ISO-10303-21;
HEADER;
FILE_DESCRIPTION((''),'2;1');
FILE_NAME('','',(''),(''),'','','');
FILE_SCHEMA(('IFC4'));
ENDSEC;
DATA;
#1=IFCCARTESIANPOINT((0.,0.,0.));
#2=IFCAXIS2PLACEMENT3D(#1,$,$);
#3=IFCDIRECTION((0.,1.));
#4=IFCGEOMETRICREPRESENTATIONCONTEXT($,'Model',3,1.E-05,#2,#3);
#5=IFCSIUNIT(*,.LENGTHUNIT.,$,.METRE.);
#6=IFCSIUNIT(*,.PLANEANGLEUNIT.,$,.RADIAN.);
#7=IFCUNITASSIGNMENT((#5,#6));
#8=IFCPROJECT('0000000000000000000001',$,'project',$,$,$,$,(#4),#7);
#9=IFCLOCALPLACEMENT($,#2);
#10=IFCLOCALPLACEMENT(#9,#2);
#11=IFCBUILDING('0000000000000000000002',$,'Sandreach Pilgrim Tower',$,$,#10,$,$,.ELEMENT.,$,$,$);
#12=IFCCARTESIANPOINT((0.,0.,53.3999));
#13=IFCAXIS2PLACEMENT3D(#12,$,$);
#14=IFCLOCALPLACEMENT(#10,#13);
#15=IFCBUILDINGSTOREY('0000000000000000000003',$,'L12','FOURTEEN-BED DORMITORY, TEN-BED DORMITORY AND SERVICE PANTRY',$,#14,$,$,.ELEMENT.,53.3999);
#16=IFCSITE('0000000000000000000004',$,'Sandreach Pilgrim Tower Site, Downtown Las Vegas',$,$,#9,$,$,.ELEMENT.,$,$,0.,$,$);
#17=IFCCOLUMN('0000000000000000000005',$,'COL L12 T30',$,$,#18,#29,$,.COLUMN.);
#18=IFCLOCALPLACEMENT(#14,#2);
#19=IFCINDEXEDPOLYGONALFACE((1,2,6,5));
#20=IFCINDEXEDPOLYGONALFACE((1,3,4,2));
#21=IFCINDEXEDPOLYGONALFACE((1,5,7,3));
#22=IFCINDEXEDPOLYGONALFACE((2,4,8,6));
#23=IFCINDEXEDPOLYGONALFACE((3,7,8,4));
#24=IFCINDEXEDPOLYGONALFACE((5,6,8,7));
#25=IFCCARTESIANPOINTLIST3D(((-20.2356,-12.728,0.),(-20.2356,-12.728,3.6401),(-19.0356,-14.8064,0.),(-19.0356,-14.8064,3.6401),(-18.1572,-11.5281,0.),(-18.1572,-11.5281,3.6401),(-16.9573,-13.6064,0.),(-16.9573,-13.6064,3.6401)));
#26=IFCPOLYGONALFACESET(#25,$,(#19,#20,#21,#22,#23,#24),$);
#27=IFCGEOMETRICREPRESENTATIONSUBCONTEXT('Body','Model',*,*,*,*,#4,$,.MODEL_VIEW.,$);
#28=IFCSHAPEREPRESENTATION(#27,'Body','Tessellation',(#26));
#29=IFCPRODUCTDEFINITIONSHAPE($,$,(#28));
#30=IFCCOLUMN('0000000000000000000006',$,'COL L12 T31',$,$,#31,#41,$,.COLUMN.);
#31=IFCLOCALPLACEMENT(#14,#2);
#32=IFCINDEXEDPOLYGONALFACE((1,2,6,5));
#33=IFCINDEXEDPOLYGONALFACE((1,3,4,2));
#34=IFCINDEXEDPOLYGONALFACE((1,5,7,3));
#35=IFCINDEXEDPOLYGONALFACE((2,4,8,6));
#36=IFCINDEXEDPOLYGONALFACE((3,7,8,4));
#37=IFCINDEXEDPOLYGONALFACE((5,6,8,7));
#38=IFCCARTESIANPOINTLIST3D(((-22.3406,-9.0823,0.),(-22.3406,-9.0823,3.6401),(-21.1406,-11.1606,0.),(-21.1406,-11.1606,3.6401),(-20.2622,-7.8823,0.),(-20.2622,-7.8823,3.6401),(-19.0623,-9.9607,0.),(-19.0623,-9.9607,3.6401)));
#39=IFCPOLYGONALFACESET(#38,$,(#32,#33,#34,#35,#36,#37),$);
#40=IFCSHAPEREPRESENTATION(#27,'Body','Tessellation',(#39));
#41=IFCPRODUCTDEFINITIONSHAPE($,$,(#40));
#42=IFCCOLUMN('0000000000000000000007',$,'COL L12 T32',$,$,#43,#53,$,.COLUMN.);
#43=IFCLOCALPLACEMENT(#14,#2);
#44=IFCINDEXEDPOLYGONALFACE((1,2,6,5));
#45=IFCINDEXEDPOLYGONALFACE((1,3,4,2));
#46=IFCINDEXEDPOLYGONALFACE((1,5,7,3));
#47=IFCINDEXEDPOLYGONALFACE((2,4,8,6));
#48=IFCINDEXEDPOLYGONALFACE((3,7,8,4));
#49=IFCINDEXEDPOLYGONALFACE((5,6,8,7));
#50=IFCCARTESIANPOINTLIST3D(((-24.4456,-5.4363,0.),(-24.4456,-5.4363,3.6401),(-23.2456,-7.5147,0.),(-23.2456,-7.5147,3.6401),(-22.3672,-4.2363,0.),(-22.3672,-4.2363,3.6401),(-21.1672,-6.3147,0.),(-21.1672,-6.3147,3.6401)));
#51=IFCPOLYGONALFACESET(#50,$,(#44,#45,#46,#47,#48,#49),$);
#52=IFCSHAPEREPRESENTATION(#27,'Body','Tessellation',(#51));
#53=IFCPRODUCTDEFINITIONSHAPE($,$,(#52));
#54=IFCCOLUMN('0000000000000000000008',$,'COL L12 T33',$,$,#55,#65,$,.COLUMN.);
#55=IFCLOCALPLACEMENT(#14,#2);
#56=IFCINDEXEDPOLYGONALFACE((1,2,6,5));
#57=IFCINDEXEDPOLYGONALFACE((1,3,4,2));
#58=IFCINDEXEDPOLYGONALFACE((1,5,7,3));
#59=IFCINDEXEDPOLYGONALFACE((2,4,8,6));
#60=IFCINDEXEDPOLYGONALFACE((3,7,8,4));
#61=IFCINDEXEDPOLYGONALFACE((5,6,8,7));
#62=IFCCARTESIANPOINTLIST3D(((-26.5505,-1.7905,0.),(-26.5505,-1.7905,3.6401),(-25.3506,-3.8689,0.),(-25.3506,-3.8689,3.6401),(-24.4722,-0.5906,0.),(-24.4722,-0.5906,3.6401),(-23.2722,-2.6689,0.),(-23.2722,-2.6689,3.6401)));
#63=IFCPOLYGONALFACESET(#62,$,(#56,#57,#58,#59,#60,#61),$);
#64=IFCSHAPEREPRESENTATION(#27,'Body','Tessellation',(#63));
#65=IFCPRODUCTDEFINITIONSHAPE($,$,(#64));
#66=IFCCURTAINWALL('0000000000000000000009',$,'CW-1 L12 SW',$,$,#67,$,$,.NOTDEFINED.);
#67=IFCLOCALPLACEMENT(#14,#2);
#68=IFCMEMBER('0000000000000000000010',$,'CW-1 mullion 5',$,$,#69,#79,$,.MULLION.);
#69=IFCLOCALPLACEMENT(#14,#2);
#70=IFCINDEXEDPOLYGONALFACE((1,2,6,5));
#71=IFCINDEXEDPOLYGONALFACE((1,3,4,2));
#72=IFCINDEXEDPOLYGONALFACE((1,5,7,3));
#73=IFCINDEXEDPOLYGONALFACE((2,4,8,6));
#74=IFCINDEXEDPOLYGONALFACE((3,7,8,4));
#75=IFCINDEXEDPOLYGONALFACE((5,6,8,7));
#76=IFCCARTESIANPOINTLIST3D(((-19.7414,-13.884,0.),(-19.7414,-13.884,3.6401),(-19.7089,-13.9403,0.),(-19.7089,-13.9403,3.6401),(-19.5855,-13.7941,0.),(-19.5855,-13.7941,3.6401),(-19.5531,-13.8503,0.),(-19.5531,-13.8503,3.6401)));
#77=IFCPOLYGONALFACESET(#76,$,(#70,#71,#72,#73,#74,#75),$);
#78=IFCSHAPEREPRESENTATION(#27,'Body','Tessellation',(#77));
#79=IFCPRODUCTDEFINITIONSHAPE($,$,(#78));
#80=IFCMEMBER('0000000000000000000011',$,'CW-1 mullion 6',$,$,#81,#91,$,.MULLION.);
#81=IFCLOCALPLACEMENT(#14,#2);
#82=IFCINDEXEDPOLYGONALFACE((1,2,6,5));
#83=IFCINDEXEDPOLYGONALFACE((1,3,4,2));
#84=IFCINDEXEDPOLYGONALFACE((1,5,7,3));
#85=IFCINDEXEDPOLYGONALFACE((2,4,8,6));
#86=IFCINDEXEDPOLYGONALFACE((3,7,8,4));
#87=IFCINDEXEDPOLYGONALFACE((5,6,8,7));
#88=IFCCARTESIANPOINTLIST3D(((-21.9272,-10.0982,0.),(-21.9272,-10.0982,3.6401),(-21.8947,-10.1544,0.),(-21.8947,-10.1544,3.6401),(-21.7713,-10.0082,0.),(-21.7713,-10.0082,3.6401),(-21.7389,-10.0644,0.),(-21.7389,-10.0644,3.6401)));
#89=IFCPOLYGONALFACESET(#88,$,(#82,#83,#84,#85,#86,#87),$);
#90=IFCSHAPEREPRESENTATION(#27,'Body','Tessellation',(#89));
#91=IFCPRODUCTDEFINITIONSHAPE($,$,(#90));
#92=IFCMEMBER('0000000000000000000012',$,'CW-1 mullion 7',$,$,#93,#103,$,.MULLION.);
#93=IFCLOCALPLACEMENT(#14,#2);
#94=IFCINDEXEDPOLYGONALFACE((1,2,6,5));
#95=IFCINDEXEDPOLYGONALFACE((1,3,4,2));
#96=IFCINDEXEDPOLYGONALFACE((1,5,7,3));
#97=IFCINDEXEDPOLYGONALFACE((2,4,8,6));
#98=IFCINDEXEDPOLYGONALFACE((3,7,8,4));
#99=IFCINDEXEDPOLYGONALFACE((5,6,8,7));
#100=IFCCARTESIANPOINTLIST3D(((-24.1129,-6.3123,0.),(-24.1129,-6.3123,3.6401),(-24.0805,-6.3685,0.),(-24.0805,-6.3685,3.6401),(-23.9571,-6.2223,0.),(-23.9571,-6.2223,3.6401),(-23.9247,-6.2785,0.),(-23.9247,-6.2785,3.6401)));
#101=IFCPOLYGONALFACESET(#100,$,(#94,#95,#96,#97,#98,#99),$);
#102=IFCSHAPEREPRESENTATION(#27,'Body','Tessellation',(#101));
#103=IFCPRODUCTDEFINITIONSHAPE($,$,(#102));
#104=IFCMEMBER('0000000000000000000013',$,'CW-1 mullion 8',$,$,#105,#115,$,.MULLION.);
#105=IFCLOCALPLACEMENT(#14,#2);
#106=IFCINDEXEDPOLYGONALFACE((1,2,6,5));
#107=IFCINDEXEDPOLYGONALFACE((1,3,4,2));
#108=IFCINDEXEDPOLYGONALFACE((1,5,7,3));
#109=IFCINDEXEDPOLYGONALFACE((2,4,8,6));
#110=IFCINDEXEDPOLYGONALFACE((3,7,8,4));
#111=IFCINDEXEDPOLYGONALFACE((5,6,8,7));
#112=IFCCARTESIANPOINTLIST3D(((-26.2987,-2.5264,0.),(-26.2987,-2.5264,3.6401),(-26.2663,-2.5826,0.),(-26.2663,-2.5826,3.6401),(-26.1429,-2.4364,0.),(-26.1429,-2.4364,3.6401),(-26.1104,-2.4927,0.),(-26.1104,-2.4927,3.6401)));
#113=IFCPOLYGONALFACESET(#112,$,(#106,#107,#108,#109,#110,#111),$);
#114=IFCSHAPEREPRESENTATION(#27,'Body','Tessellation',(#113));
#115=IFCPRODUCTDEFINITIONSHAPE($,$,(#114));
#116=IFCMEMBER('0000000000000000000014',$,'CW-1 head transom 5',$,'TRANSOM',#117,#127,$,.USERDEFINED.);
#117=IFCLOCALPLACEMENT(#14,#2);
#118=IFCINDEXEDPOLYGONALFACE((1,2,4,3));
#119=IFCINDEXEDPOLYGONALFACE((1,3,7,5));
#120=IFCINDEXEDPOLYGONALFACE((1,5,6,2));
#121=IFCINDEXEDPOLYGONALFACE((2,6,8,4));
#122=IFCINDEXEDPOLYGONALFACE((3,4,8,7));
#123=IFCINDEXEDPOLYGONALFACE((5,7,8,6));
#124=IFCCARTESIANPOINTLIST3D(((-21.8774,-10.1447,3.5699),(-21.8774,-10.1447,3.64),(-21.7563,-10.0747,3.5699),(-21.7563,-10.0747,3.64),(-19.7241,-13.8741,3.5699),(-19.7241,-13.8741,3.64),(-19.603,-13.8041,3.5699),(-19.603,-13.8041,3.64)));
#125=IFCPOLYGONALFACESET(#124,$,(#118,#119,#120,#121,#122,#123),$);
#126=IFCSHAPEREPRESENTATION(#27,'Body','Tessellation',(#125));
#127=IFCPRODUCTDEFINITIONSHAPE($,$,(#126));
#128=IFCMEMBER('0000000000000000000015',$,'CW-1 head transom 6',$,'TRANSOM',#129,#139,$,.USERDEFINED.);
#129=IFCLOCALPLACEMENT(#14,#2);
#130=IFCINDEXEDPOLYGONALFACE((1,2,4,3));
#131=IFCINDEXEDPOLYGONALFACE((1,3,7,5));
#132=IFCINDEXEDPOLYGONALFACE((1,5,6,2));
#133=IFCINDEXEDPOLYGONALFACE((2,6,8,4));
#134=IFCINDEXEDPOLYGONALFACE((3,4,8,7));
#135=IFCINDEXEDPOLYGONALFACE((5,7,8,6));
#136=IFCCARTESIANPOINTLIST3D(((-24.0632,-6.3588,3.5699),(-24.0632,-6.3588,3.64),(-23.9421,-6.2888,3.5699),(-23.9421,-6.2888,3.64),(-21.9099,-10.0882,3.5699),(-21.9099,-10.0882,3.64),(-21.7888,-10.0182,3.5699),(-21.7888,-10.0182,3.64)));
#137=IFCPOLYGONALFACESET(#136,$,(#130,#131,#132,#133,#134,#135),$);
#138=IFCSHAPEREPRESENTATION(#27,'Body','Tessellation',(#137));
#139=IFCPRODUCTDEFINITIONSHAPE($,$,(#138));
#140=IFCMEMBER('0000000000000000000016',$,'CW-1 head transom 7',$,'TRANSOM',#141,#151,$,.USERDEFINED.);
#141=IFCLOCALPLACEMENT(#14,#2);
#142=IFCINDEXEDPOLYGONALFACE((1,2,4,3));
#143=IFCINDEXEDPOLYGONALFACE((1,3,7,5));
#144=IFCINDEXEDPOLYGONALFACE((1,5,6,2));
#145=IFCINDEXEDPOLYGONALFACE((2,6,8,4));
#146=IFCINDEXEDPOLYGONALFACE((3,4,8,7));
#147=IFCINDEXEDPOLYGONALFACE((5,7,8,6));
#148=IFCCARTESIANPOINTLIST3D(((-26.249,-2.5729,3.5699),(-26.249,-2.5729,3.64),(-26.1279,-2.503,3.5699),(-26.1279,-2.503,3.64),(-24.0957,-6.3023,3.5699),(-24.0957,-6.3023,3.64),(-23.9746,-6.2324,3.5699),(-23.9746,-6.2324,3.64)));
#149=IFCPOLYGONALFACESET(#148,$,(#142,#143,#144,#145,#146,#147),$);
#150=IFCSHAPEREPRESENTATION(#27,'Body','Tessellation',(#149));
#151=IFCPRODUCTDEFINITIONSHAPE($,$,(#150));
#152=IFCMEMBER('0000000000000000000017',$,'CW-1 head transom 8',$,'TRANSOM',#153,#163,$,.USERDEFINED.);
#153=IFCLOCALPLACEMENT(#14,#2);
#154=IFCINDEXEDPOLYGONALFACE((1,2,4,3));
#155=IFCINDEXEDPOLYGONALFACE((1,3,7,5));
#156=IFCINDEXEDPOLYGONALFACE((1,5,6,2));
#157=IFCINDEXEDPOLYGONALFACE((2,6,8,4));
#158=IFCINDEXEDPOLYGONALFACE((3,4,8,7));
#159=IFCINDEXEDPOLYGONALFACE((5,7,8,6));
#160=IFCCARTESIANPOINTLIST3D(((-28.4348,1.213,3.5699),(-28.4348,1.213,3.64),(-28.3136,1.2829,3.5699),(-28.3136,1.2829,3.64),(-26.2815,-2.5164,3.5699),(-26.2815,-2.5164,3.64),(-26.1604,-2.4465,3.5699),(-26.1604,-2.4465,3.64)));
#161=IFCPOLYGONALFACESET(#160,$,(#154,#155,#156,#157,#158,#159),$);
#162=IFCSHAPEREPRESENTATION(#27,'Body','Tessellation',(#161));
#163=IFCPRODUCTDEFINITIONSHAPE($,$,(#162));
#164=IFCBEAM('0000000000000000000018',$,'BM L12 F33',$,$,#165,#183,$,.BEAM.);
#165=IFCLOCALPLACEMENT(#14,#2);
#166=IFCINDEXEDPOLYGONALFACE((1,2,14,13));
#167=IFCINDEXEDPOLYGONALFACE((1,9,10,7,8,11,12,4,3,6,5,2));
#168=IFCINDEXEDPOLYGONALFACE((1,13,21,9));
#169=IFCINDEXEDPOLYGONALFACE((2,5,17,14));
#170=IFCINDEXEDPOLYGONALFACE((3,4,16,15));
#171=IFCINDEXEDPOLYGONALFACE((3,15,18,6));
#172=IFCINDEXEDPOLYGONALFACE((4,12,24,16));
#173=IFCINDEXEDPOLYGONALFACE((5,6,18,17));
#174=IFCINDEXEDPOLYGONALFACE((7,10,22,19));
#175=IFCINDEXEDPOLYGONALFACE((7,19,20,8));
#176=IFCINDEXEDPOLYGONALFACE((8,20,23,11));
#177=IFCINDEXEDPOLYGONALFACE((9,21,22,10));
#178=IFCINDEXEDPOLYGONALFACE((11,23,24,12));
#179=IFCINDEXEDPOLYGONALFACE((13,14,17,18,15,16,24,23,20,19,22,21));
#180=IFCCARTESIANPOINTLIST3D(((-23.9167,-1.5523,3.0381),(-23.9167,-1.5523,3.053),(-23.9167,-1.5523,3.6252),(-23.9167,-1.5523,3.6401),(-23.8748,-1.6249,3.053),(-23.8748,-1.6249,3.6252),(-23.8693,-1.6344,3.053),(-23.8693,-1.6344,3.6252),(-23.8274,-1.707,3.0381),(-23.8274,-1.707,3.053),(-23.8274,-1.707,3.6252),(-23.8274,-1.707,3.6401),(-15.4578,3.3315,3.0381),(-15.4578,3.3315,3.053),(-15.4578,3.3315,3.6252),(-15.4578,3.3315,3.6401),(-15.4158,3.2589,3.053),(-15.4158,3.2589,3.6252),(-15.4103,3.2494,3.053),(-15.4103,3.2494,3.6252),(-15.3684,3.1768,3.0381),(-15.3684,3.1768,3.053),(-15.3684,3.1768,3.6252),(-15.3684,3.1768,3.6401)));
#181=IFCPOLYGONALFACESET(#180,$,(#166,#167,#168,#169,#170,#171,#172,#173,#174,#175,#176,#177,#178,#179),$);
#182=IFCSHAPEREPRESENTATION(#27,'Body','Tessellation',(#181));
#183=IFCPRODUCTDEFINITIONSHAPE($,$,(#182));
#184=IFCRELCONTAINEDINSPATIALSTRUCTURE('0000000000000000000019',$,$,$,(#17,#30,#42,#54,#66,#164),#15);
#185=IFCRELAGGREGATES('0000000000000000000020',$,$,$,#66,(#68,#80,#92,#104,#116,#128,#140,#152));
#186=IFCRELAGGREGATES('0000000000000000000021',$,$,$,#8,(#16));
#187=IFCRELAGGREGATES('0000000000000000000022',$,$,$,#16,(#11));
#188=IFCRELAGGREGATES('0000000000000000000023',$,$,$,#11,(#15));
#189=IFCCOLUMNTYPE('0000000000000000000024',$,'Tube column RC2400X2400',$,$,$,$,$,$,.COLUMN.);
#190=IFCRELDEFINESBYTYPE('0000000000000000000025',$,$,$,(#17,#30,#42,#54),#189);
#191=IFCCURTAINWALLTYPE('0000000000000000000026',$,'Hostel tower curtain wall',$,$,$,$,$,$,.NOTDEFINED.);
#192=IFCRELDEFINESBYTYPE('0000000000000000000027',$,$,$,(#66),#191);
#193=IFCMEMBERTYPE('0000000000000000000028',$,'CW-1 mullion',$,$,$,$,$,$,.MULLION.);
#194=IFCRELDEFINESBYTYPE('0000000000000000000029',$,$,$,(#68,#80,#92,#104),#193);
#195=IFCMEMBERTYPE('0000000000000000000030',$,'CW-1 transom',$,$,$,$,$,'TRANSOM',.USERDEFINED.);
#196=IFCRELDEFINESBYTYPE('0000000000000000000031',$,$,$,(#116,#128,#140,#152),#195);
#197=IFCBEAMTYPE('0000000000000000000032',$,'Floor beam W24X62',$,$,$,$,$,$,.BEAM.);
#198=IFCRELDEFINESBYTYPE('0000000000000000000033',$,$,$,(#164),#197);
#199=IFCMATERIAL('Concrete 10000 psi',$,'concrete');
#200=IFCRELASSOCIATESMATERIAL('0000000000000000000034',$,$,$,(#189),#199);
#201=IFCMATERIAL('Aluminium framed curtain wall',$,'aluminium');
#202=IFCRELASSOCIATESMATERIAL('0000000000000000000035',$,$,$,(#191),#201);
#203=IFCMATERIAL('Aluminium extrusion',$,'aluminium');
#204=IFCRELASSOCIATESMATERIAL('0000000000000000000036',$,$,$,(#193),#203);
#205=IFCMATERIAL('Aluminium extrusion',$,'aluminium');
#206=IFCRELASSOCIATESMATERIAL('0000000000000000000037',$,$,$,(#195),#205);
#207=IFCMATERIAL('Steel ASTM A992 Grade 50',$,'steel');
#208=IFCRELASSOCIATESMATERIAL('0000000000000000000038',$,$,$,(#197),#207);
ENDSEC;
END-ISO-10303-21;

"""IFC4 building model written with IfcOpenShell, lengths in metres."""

from ifc_helpers import new_model, si_unit, direction, frame, origin, origin_2d, place, context, subcontext, project, spatial, rectangle, i_section, extrude, clip, halfspace, material, material_profile, profile_set, type_object, element, aggregate, save


model = new_model("IFC4")

# Units and contexts
model_context = context("Model", 3, precision=1e-05, world=origin(), true_north=direction((0.0, 1.0)))
body_context = subcontext(model_context, "Body", "Model", "MODEL_VIEW")
ifc_project = project(units=[si_unit("LENGTHUNIT", "METRE"), si_unit("PLANEANGLEUNIT", "RADIAN")], contexts=[model_context])

# Site, building, storey
site_placement = place(None, origin())
site = spatial("IfcSite", under=ifc_project, at=site_placement, Name="Sandreach Pilgrim Tower Site, Downtown Las Vegas", CompositionType="ELEMENT", RefElevation=0.0)
building_placement = place(site_placement, origin())
building = spatial("IfcBuilding", under=site, at=building_placement, Name="Sandreach Pilgrim Tower", CompositionType="ELEMENT")
storey_placement = place(building_placement, frame((0.0, 0.0, 53.3999)))
storey = spatial("IfcBuildingStorey", under=building, at=storey_placement, Name="L12", Description="FOURTEEN-BED DORMITORY, TEN-BED DORMITORY AND SERVICE PANTRY", CompositionType="ELEMENT", Elevation=53.3999)

# Columns
ifc_material_1 = material(Name="Concrete 10000 psi", Category="concrete")
ifc_material_profile_1 = material_profile(ifc_material_1, rectangle(XDim=2.3999, YDim=2.3999, at=origin_2d()), Name="RC2400X2400")
ifc_profile_set_1 = profile_set([ifc_material_profile_1], Name="Concrete 10000 psi")
column_type = type_object("IfcColumnType", Name="Tube column RC2400X2400", PredefinedType="COLUMN", material=ifc_profile_set_1)
for number, where, z_axis, x_axis, name in (
    (1, (-18.5964, -13.1672, 0.0), (0.0, 0.0, 1.0), (-0.866025, -0.5, 0.0), "COL L12 T30"),
    (2, (-20.7014, -9.5215, 0.0), (0.0, 0.0, 1.0), (-0.866025, -0.5, 0.0), "COL L12 T31"),
):
    element("IfcColumn", number, at=place(storey_placement, frame(where, z_axis=z_axis, x_axis=x_axis)), inside=storey, type_object=column_type, Name=name, PredefinedType="COLUMN", context=body_context, shape_type="SweptSolid", body=[
        clip(extrude(rectangle(XDim=2.3999, YDim=2.3999, at=origin_2d()), origin(), (0.0, 0.0, 1.0), 3.752), halfspace(frame((0.0, 0.0, 3.6401)), False)),
    ])
column_1_placement = place(storey_placement, frame((-22.8064, -5.8755, 0.0), z_axis=(0.0, 0.0, 1.0), x_axis=(-0.866025, -0.5, 0.0)))
element("IfcColumn", 3, at=column_1_placement, inside=storey, type_object=column_type, Name="COL L12 T32", PredefinedType="COLUMN", context=body_context, shape_type="SweptSolid", body=[
    clip(extrude(rectangle(XDim=2.3999, YDim=2.3999, at=origin_2d()), origin(), (0.0, 0.0, 1.0), 3.7439), halfspace(frame((0.0, 0.0, 3.6401)), False)),
])
column_2_placement = place(storey_placement, frame((-24.9114, -2.2297, 0.0), z_axis=(0.0, 0.0, 1.0), x_axis=(-0.866025, -0.5, 0.0)))
element("IfcColumn", 4, at=column_2_placement, inside=storey, type_object=column_type, Name="COL L12 T33", PredefinedType="COLUMN", context=body_context, shape_type="SweptSolid", body=[
    clip(extrude(rectangle(XDim=2.3999, YDim=2.3999, at=origin_2d()), origin(), (0.0, 0.0, 1.0), 3.7356), halfspace(frame((0.0, 0.0, 3.6401)), False)),
])

# Curtain wall, members
ifc_material_2 = material(Name="Aluminium framed curtain wall", Category="aluminium")
curtain_wall_type = type_object("IfcCurtainWallType", Name="Hostel tower curtain wall", PredefinedType="NOTDEFINED", material=ifc_material_2)
curtain_wall_placement = place(storey_placement, origin())
curtain_wall = element("IfcCurtainWall", 5, at=curtain_wall_placement, inside=storey, type_object=curtain_wall_type, Name="CW-1 L12 SW", PredefinedType="NOTDEFINED")
ifc_material_3 = material(Name="Aluminium extrusion", Category="aluminium")
ifc_material_profile_2 = material_profile(ifc_material_3, rectangle(XDim=0.0649, YDim=0.1799, at=origin_2d()), Name="CW-1M 65X180")
ifc_profile_set_2 = profile_set([ifc_material_profile_2], Name="Aluminium extrusion")
member_type_1 = type_object("IfcMemberType", Name="CW-1 mullion", PredefinedType="MULLION", material=ifc_profile_set_2)
member_1_placement = place(storey_placement, frame((-19.6472, -13.8672, 0.0), z_axis=(0.0, 0.0, 1.0), x_axis=(-0.5, 0.866025, 0.0)))
member_1 = element("IfcMember", 6, at=member_1_placement, type_object=member_type_1, Name="CW-1 mullion 5", PredefinedType="MULLION", context=body_context, shape_type="SweptSolid", body=[
    extrude(rectangle(XDim=0.0649, YDim=0.1799, at=origin_2d()), origin(), (0.0, 0.0, 1.0), 3.6401),
])
member_2_placement = place(storey_placement, frame((-21.833, -10.0813, 0.0), z_axis=(0.0, 0.0, 1.0), x_axis=(-0.5, 0.866025, 0.0)))
member_2 = element("IfcMember", 7, at=member_2_placement, type_object=member_type_1, Name="CW-1 mullion 6", PredefinedType="MULLION", context=body_context, shape_type="SweptSolid", body=[
    extrude(rectangle(XDim=0.0649, YDim=0.1799, at=origin_2d()), origin(), (0.0, 0.0, 1.0), 3.6401),
])
member_3_placement = place(storey_placement, frame((-24.0188, -6.2954, 0.0), z_axis=(0.0, 0.0, 1.0), x_axis=(-0.5, 0.866025, 0.0)))
member_3 = element("IfcMember", 8, at=member_3_placement, type_object=member_type_1, Name="CW-1 mullion 7", PredefinedType="MULLION", context=body_context, shape_type="SweptSolid", body=[
    extrude(rectangle(XDim=0.0649, YDim=0.1799, at=origin_2d()), origin(), (0.0, 0.0, 1.0), 3.6401),
])
member_4_placement = place(storey_placement, frame((-26.2046, -2.5095, 0.0), z_axis=(0.0, 0.0, 1.0), x_axis=(-0.5, 0.866025, 0.0)))
member_4 = element("IfcMember", 9, at=member_4_placement, type_object=member_type_1, Name="CW-1 mullion 8", PredefinedType="MULLION", context=body_context, shape_type="SweptSolid", body=[
    extrude(rectangle(XDim=0.0649, YDim=0.1799, at=origin_2d()), origin(), (0.0, 0.0, 1.0), 3.6401),
])
ifc_material_4 = material(Name="Aluminium extrusion", Category="aluminium")
ifc_material_profile_3 = material_profile(ifc_material_4, rectangle(XDim=0.1399, YDim=0.0701, at=origin_2d()), Name="CW-1T 140X70")
ifc_profile_set_3 = profile_set([ifc_material_profile_3], Name="Aluminium extrusion")
member_type_2 = type_object("IfcMemberType", Name="CW-1 transom", ElementType="TRANSOM", PredefinedType="USERDEFINED", material=ifc_profile_set_3)
member_5_placement = place(storey_placement, frame((-19.6636, -13.8391, 3.605), z_axis=(-0.500017, 0.866016, 0.0), x_axis=(-0.866016, -0.500017, 0.0)))
member_5 = element("IfcMember", 10, at=member_5_placement, type_object=member_type_2, Name="CW-1 head transom 5", ObjectType="TRANSOM", PredefinedType="USERDEFINED", context=body_context, shape_type="SweptSolid", body=[
    extrude(rectangle(XDim=0.1399, YDim=0.0701, at=origin_2d()), origin(), (0.0, 0.0, 1.0), 4.3064),
])
member_6_placement = place(storey_placement, frame((-21.8494, -10.0532, 3.605), z_axis=(-0.500017, 0.866016, 0.0), x_axis=(-0.866016, -0.500017, 0.0)))
member_6 = element("IfcMember", 11, at=member_6_placement, type_object=member_type_2, Name="CW-1 head transom 6", ObjectType="TRANSOM", PredefinedType="USERDEFINED", context=body_context, shape_type="SweptSolid", body=[
    extrude(rectangle(XDim=0.1399, YDim=0.0701, at=origin_2d()), origin(), (0.0, 0.0, 1.0), 4.3064),
])
member_7_placement = place(storey_placement, frame((-24.0352, -6.2673, 3.605), z_axis=(-0.500017, 0.866016, 0.0), x_axis=(-0.866016, -0.500017, 0.0)))
member_7 = element("IfcMember", 12, at=member_7_placement, type_object=member_type_2, Name="CW-1 head transom 7", ObjectType="TRANSOM", PredefinedType="USERDEFINED", context=body_context, shape_type="SweptSolid", body=[
    extrude(rectangle(XDim=0.1399, YDim=0.0701, at=origin_2d()), origin(), (0.0, 0.0, 1.0), 4.3064),
])
member_8_placement = place(storey_placement, frame((-26.2209, -2.4814, 3.605), z_axis=(-0.500017, 0.866016, 0.0), x_axis=(-0.866016, -0.500017, 0.0)))
member_8 = element("IfcMember", 13, at=member_8_placement, type_object=member_type_2, Name="CW-1 head transom 8", ObjectType="TRANSOM", PredefinedType="USERDEFINED", context=body_context, shape_type="SweptSolid", body=[
    extrude(rectangle(XDim=0.1399, YDim=0.0701, at=origin_2d()), origin(), (0.0, 0.0, 1.0), 4.3064),
])

# Beam
ifc_material_5 = material(Name="Steel ASTM A992 Grade 50", Category="steel")
ifc_material_profile_4 = material_profile(ifc_material_5, i_section(OverallWidth=0.1787, OverallDepth=0.6021, WebThickness=0.011, FlangeThickness=0.0149, at=origin_2d()), Name="W24X62")
ifc_profile_set_4 = profile_set([ifc_material_profile_4], Name="Steel ASTM A992 Grade 50")
beam_type_1 = type_object("IfcBeamType", Name="Floor beam W24X62", PredefinedType="BEAM", material=ifc_profile_set_4)
beam_1_placement = place(storey_placement, frame((-23.8721, -1.6296, 3.3391), z_axis=(0.866026, 0.499999, 0.0), x_axis=(-0.499999, 0.866026, 0.0)))
element("IfcBeam", 14, at=beam_1_placement, inside=storey, type_object=beam_type_1, Name="BM L12 F33", PredefinedType="BEAM", context=body_context, shape_type="SweptSolid", body=[
    extrude(i_section(OverallWidth=0.1787, OverallDepth=0.6021, WebThickness=0.011, FlangeThickness=0.0149, at=origin_2d()), origin(), (0.0, 0.0, 1.0), 9.7676),
])

aggregate(curtain_wall, [member_1, member_2, member_3, member_4, member_5, member_6, member_7, member_8])

save(model, "model.ifc")
